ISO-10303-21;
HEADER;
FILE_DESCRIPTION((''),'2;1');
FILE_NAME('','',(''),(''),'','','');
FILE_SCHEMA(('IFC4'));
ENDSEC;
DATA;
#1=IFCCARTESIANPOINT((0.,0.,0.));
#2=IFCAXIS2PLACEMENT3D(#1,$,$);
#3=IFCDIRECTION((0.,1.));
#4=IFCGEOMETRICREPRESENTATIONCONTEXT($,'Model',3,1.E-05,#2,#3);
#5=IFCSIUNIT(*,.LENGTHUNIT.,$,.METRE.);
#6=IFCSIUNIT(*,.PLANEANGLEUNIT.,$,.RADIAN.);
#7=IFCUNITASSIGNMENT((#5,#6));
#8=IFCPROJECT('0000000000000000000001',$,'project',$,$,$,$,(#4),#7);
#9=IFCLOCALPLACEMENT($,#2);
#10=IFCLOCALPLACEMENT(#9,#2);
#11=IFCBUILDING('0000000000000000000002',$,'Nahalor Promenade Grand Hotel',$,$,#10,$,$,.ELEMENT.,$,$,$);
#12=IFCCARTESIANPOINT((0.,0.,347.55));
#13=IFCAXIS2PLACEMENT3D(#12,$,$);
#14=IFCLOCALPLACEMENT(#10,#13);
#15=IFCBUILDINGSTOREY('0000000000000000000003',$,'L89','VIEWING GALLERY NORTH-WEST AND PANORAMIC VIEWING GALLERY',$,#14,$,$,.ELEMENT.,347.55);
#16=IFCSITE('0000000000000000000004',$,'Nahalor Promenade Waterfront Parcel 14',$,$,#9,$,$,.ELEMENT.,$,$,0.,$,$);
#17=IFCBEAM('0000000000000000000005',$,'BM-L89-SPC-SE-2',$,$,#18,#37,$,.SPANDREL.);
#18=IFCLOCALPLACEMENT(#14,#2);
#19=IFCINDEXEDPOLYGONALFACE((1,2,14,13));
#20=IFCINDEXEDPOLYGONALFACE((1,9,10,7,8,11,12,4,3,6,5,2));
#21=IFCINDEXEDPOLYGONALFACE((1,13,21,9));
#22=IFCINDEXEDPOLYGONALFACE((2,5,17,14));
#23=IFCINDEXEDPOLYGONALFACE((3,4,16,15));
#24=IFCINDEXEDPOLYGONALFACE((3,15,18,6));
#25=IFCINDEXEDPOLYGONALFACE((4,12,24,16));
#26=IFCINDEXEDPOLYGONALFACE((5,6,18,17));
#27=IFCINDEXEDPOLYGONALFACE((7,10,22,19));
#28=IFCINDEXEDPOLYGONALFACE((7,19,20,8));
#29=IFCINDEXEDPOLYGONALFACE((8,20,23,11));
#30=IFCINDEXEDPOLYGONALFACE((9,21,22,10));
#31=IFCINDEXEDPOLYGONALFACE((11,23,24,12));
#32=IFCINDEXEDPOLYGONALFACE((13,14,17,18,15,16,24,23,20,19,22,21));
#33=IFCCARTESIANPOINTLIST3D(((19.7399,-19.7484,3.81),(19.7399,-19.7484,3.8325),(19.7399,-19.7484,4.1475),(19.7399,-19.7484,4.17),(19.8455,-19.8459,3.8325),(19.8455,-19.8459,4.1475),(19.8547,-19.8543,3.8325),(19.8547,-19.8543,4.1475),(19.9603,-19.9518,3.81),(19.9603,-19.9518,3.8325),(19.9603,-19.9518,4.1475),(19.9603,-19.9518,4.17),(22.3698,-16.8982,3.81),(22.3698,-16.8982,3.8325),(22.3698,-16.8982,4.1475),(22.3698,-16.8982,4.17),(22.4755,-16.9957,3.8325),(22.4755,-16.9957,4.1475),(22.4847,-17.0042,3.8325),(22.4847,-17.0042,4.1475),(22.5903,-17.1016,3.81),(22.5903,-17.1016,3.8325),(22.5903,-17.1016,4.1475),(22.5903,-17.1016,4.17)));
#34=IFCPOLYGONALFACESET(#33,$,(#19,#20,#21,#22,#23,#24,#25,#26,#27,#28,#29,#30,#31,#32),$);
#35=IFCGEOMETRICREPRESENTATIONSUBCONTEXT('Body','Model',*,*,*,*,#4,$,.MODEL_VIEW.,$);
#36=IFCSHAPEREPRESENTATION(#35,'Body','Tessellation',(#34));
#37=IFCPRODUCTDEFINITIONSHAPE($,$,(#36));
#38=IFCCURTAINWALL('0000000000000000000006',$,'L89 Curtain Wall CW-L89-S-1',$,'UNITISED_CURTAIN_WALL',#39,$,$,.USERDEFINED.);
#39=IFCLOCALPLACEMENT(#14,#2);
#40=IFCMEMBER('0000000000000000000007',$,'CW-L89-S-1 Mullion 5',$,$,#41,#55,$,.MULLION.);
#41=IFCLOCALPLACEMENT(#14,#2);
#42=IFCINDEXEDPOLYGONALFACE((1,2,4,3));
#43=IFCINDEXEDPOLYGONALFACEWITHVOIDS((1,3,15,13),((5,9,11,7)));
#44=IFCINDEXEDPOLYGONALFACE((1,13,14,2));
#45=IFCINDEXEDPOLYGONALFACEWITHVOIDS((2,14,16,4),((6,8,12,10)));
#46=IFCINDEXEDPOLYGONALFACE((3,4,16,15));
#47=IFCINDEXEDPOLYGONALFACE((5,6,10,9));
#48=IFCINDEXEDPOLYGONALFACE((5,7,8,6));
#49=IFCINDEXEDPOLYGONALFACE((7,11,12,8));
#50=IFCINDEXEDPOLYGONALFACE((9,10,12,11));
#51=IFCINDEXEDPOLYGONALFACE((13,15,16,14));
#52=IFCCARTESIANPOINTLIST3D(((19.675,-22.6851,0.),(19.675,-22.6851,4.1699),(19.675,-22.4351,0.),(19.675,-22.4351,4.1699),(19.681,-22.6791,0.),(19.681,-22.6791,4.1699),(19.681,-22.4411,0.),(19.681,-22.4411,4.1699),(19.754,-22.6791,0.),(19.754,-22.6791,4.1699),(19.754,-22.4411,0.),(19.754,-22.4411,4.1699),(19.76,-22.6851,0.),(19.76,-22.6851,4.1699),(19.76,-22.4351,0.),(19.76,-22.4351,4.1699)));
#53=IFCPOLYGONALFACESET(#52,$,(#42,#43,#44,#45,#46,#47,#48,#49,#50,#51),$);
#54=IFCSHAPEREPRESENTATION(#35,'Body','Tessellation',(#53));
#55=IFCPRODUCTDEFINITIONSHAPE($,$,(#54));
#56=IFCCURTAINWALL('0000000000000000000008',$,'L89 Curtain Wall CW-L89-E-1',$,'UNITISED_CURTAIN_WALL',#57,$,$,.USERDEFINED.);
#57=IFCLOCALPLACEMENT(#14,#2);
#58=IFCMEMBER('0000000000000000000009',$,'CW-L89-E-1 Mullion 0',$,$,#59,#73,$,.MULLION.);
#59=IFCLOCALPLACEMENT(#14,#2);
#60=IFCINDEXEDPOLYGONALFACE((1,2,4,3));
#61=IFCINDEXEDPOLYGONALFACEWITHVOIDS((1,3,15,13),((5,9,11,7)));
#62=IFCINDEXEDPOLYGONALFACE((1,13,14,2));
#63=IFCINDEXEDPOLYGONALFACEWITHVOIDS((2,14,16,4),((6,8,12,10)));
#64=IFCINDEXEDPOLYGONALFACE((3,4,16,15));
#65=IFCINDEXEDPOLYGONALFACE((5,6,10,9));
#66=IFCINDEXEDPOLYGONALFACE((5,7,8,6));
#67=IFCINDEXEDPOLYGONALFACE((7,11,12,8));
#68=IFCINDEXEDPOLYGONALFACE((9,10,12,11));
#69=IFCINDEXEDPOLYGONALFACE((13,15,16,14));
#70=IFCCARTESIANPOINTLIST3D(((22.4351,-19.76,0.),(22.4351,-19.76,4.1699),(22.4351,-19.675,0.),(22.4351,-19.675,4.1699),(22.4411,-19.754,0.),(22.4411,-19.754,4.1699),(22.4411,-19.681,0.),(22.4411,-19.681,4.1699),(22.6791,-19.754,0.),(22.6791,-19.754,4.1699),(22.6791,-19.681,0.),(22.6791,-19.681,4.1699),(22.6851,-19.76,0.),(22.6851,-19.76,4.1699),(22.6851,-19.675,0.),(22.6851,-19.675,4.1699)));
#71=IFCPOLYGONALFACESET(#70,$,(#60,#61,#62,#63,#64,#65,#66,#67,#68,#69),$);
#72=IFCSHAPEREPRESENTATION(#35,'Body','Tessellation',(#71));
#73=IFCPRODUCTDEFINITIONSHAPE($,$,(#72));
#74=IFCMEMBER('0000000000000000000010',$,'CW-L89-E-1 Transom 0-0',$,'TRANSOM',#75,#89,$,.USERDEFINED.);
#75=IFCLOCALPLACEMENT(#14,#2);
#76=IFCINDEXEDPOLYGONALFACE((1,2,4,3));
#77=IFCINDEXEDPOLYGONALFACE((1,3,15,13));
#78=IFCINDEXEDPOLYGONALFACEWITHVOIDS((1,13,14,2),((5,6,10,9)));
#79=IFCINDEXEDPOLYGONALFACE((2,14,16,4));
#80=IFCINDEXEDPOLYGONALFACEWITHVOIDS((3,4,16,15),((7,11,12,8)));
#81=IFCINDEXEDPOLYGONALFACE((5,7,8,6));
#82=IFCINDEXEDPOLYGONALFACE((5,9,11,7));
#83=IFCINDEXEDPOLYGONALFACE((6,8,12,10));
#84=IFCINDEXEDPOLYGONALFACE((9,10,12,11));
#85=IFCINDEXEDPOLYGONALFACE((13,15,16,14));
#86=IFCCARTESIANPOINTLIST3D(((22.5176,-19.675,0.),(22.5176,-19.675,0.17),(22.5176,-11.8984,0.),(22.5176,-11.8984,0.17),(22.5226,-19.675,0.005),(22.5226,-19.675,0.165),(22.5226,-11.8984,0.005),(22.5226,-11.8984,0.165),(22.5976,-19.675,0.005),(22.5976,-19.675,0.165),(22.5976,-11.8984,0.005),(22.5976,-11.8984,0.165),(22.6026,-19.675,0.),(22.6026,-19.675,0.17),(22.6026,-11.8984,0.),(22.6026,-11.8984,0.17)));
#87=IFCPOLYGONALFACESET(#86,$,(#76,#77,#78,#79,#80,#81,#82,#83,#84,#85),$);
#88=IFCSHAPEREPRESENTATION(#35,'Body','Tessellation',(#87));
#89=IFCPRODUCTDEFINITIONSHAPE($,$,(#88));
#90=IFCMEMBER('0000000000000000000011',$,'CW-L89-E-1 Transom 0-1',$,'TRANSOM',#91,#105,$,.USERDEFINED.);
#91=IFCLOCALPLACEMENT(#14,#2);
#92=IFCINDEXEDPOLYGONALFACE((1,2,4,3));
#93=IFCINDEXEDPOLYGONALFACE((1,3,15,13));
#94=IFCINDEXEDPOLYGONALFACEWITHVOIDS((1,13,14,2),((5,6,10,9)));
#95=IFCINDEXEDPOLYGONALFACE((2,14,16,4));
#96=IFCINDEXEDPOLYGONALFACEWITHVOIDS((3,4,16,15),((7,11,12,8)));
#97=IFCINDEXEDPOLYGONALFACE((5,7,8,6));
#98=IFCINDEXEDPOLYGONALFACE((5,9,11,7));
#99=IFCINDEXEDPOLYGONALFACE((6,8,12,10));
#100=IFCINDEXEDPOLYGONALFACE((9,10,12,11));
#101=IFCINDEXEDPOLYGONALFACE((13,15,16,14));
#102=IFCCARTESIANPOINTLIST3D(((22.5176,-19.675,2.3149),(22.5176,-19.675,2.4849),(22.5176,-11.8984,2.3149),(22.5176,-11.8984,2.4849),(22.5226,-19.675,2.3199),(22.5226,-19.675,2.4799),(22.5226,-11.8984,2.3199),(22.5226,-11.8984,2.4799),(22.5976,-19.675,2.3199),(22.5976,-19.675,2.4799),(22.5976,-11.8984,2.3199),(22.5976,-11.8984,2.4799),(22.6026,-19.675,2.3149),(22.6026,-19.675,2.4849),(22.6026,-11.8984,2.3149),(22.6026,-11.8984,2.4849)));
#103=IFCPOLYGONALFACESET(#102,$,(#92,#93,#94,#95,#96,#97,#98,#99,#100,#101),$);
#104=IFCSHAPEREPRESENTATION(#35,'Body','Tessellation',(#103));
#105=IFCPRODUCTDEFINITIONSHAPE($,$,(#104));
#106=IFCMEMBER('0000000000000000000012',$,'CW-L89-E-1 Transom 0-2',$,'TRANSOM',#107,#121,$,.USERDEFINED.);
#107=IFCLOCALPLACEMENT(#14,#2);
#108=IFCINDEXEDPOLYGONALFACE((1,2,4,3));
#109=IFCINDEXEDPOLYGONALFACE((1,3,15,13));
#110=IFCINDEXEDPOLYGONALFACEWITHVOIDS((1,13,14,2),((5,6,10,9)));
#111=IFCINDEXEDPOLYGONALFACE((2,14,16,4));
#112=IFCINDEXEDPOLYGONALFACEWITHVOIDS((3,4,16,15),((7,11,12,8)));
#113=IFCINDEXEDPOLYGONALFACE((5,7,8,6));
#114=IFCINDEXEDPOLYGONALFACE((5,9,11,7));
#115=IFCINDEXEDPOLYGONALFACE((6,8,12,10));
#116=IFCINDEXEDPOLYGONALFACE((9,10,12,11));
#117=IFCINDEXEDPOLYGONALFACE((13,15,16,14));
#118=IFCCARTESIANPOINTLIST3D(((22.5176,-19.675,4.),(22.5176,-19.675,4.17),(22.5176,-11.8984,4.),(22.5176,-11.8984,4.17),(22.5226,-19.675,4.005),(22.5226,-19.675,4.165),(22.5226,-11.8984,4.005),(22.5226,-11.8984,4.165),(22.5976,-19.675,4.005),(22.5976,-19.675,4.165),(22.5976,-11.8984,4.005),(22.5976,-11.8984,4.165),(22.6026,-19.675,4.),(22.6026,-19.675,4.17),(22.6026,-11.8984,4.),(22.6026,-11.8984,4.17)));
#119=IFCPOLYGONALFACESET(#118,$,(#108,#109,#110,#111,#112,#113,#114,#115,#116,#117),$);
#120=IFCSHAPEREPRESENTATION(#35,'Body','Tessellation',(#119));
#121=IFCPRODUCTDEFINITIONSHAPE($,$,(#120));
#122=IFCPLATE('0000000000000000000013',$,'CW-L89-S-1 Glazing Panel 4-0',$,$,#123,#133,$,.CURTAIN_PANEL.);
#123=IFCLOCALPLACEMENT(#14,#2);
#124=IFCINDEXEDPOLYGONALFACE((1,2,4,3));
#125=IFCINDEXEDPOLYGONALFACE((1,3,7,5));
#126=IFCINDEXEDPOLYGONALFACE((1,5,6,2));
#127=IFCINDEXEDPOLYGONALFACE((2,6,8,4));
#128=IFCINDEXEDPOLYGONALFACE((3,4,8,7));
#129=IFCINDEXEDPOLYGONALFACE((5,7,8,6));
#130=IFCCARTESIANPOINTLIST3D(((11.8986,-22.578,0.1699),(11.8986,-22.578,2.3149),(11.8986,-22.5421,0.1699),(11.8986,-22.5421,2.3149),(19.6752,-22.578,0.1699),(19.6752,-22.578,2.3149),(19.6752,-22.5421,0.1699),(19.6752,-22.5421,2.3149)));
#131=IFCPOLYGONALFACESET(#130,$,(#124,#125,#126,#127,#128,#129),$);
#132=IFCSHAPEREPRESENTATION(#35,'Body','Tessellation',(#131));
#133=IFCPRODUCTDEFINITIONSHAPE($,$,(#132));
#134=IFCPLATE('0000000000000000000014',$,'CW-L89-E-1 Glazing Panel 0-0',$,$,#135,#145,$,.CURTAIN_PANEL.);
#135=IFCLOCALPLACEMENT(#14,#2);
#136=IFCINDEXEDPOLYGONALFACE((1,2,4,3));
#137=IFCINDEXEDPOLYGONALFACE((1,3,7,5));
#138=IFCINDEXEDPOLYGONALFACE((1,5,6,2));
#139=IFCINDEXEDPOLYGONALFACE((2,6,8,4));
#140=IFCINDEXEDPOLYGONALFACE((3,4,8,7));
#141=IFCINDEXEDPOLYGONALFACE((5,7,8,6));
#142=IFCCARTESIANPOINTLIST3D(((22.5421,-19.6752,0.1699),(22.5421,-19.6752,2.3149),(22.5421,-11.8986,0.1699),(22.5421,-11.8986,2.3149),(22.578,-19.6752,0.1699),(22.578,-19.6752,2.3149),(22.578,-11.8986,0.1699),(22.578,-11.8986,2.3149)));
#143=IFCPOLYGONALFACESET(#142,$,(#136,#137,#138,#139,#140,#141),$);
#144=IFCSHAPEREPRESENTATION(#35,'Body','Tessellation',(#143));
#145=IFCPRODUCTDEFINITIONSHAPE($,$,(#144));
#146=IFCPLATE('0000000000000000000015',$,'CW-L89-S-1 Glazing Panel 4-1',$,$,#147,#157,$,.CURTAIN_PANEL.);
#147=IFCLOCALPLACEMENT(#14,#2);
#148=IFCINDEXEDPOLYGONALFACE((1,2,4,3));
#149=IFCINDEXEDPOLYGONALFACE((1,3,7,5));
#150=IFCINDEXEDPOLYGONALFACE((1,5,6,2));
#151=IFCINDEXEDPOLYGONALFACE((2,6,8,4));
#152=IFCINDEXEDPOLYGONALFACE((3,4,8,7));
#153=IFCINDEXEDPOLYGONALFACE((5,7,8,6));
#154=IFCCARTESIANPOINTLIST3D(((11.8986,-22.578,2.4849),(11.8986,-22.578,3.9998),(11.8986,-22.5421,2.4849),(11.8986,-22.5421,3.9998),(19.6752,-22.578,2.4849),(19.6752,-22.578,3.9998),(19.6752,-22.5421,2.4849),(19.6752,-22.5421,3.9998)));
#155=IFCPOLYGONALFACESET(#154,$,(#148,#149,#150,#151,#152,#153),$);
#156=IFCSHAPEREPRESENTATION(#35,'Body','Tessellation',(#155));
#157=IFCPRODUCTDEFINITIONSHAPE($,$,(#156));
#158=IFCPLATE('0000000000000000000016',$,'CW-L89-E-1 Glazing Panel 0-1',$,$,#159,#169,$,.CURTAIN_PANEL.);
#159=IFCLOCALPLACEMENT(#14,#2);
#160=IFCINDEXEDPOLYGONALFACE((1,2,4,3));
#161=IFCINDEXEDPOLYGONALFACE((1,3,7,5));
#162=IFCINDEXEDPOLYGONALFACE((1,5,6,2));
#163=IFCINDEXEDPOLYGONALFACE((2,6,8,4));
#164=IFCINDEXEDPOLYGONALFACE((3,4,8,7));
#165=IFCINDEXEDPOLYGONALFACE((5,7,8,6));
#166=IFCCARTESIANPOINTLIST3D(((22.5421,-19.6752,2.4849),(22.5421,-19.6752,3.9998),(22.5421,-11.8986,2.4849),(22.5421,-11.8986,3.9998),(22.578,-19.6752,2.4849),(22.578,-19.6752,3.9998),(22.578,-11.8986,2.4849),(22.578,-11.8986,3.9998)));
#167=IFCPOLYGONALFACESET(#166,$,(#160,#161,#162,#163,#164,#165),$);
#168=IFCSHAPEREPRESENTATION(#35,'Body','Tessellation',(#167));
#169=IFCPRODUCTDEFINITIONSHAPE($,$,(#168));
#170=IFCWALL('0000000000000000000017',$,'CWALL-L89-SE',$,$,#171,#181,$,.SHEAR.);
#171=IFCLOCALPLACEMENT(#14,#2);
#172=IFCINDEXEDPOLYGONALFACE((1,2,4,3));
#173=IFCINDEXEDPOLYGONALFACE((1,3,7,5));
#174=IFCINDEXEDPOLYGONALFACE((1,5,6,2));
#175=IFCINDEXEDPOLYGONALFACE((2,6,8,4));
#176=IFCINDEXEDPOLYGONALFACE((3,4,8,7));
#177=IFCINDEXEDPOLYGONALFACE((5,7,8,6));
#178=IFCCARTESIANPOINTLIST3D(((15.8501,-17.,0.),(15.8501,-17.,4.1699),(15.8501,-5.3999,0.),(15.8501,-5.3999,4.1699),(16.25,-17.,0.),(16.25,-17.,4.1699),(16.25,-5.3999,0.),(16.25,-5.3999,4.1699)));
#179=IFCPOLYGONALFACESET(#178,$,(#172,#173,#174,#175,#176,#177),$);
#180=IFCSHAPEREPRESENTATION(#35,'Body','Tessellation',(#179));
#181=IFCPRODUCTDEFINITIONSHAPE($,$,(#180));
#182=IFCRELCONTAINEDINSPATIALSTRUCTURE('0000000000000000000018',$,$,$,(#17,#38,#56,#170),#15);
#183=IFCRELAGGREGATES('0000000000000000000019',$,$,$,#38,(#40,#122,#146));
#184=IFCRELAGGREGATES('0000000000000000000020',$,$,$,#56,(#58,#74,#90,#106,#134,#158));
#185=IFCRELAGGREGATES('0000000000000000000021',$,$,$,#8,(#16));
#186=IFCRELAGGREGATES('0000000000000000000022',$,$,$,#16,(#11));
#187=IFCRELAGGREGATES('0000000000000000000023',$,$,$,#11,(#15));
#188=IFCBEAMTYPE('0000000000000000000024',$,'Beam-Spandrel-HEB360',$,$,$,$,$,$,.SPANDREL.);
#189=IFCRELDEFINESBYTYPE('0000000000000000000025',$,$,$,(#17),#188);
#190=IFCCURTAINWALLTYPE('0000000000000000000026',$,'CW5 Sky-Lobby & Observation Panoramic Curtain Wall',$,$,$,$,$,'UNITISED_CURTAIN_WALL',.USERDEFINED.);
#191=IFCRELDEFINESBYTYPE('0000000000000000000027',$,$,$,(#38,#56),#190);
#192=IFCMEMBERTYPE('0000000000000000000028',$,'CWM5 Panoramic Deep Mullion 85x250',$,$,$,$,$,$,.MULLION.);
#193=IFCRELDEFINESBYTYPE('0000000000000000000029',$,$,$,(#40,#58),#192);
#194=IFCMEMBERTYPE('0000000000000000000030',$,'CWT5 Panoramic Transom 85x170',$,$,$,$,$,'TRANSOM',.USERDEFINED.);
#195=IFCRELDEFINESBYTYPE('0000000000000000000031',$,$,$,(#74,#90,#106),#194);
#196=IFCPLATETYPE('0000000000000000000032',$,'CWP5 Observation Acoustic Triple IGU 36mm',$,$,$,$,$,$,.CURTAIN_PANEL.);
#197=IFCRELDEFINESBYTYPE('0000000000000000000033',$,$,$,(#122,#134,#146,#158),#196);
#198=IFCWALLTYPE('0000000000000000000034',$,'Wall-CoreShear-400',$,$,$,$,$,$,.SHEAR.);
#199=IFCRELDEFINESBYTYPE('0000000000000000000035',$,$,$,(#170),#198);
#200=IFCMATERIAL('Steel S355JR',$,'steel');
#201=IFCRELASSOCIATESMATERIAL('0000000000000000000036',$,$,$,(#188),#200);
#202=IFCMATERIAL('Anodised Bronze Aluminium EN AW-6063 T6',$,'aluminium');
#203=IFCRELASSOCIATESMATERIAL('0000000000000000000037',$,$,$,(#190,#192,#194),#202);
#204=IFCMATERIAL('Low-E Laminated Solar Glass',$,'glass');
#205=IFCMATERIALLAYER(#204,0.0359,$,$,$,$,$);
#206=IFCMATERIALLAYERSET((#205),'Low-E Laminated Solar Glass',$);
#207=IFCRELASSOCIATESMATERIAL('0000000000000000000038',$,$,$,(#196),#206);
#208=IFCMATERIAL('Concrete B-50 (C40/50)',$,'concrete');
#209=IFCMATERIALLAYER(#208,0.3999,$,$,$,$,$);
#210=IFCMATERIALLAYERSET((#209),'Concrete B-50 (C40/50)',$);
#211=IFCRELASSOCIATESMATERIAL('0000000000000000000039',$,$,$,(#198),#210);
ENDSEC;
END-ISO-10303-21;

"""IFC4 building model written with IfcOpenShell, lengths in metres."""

from ifc_helpers import new_model, si_unit, direction, frame, frame_2d, origin, origin_2d, place, context, subcontext, project, spatial, rectangle, hollow_rectangle, i_section, extrude, source, transform, mapped, material, layer, layer_set, material_profile, profile_set, type_object, element, aggregate, save


model = new_model("IFC4")

# Units and contexts
model_context = context("Model", 3, precision=1e-05, world=origin(), true_north=direction((0.0, 1.0)))
body_context = subcontext(model_context, "Body", "Model", "MODEL_VIEW")
ifc_project = project(units=[si_unit("LENGTHUNIT", "METRE"), si_unit("PLANEANGLEUNIT", "RADIAN")], contexts=[model_context])

# Site, building, storey
site_placement = place(None, origin())
site = spatial("IfcSite", under=ifc_project, at=site_placement, Name="Nahalor Promenade Waterfront Parcel 14", CompositionType="ELEMENT", RefElevation=0.0)
building_placement = place(site_placement, origin())
building = spatial("IfcBuilding", under=site, at=building_placement, Name="Nahalor Promenade Grand Hotel", CompositionType="ELEMENT")
storey_placement = place(building_placement, frame((0.0, 0.0, 347.55)))
storey = spatial("IfcBuildingStorey", under=building, at=storey_placement, Name="L89", Description="VIEWING GALLERY NORTH-WEST AND PANORAMIC VIEWING GALLERY", CompositionType="ELEMENT", Elevation=347.55)

# Shared definitions
ifc_material_1 = material(Name="Concrete B-50 (C40/50)", Category="concrete")
ifc_material_2 = material(Name="Steel S355JR", Category="steel")

# Beam
ifc_material_profile_1 = material_profile(ifc_material_2, i_section(OverallWidth=0.3, OverallDepth=0.36, WebThickness=0.0125, FlangeThickness=0.0225, at=origin_2d()), Name="HEB 360")
ifc_profile_set_1 = profile_set([ifc_material_profile_1], Name="Steel S355JR")
beam_type_1 = type_object("IfcBeamType", Name="Beam-Spandrel-HEB360", PredefinedType="SPANDREL", material=ifc_profile_set_1)
shared_shape_1 = source(origin(), body_context, "Body", "SweptSolid", [
    extrude(i_section(OverallWidth=0.3, OverallDepth=0.36, WebThickness=0.0125, FlangeThickness=0.0225, at=origin_2d()), origin(), (0.0, 0.0, 1.0), 3.8782),
])
for number, where, z_axis, x_axis, name in (
    (1, (19.8501, -19.8501, 3.99), (0.678144, 0.734929, 0.0), (-0.734929, 0.678144, 0.0), "BM-L89-SPC-SE-2"),
):
    element("IfcBeam", number, at=place(storey_placement, frame(where, z_axis=z_axis, x_axis=x_axis)), inside=storey, type_object=beam_type_1, Name=name, PredefinedType="SPANDREL", context=body_context, shape_type="MappedRepresentation", body=[
        mapped(shared_shape_1, transform((0.0, 0.0, 0.0), scale=1.0)),
    ])

# Curtain wall, member
ifc_material_3 = material(Name="Anodised Bronze Aluminium EN AW-6063 T6", Category="aluminium")
curtain_wall_type = type_object("IfcCurtainWallType", Name="CW5 Sky-Lobby & Observation Panoramic Curtain Wall", ElementType="UNITISED_CURTAIN_WALL", PredefinedType="USERDEFINED", material=ifc_material_3)
curtain_wall_1_placement = place(storey_placement, origin())
curtain_wall_1 = element("IfcCurtainWall", 2, at=curtain_wall_1_placement, inside=storey, type_object=curtain_wall_type, Name="L89 Curtain Wall CW-L89-S-1", ObjectType="UNITISED_CURTAIN_WALL", PredefinedType="USERDEFINED")
ifc_material_profile_2 = material_profile(ifc_material_3, hollow_rectangle(XDim=0.085, YDim=0.25, WallThickness=0.006, at=origin_2d()), Name="CWM 85x250x6")
ifc_profile_set_2 = profile_set([ifc_material_profile_2], Name="Anodised Bronze Aluminium EN AW-6063 T6")
member_type_1 = type_object("IfcMemberType", Name="CWM5 Panoramic Deep Mullion 85x250", PredefinedType="MULLION", material=ifc_profile_set_2)
shared_shape_2 = source(origin(), body_context, "Body", "SweptSolid", [
    extrude(hollow_rectangle(XDim=0.085, YDim=0.25, WallThickness=0.006, at=origin_2d()), origin(), (0.0, 0.0, 1.0), 4.1699),
])
member_1_placement = place(storey_placement, frame((19.7175, -22.5601, 0.0), z_axis=(0.0, 0.0, 1.0), x_axis=(1.0, 0.0, 0.0)))
member_1 = element("IfcMember", 3, at=member_1_placement, type_object=member_type_1, Name="CW-L89-S-1 Mullion 5", PredefinedType="MULLION", context=body_context, shape_type="MappedRepresentation", body=[
    mapped(shared_shape_2, transform((0.0, 0.0, 0.0), scale=1.0)),
])

# Curtain wall, members
curtain_wall_2_placement = place(storey_placement, origin())
curtain_wall_2 = element("IfcCurtainWall", 4, at=curtain_wall_2_placement, inside=storey, type_object=curtain_wall_type, Name="L89 Curtain Wall CW-L89-E-1", ObjectType="UNITISED_CURTAIN_WALL", PredefinedType="USERDEFINED")
member_2_placement = place(storey_placement, frame((22.5601, -19.7175, 0.0), z_axis=(0.0, 0.0, 1.0), x_axis=(0.0, 1.0, 0.0)))
member_2 = element("IfcMember", 5, at=member_2_placement, type_object=member_type_1, Name="CW-L89-E-1 Mullion 0", PredefinedType="MULLION", context=body_context, shape_type="MappedRepresentation", body=[
    mapped(shared_shape_2, transform((0.0, 0.0, 0.0), scale=1.0)),
])
ifc_material_profile_3 = material_profile(ifc_material_3, hollow_rectangle(XDim=0.085, YDim=0.17, WallThickness=0.005, at=origin_2d()), Name="CWT 85x170x5")
ifc_profile_set_3 = profile_set([ifc_material_profile_3], Name="Anodised Bronze Aluminium EN AW-6063 T6")
member_type_2 = type_object("IfcMemberType", Name="CWT5 Panoramic Transom 85x170", ElementType="TRANSOM", PredefinedType="USERDEFINED", material=ifc_profile_set_3)
shared_shape_3 = source(origin(), body_context, "Body", "SweptSolid", [
    extrude(hollow_rectangle(XDim=0.085, YDim=0.17, WallThickness=0.005, at=origin_2d()), origin(), (0.0, 0.0, 1.0), 7.7766),
])
member_3_placement = place(storey_placement, frame((22.5601, -19.675, 0.085), z_axis=(0.0, 1.0, 0.0), x_axis=(-1.0, 0.0, 0.0)))
member_3 = element("IfcMember", 6, at=member_3_placement, type_object=member_type_2, Name="CW-L89-E-1 Transom 0-0", ObjectType="TRANSOM", PredefinedType="USERDEFINED", context=body_context, shape_type="MappedRepresentation", body=[
    mapped(shared_shape_3, transform((0.0, 0.0, 0.0), scale=1.0)),
])
member_4_placement = place(storey_placement, frame((22.5601, -19.675, 2.3999), z_axis=(0.0, 1.0, 0.0), x_axis=(-1.0, 0.0, 0.0)))
member_4 = element("IfcMember", 7, at=member_4_placement, type_object=member_type_2, Name="CW-L89-E-1 Transom 0-1", ObjectType="TRANSOM", PredefinedType="USERDEFINED", context=body_context, shape_type="MappedRepresentation", body=[
    mapped(shared_shape_3, transform((0.0, 0.0, 0.0), scale=1.0)),
])
member_5_placement = place(storey_placement, frame((22.5601, -19.675, 4.085), z_axis=(0.0, 1.0, 0.0), x_axis=(-1.0, 0.0, 0.0)))
member_5 = element("IfcMember", 8, at=member_5_placement, type_object=member_type_2, Name="CW-L89-E-1 Transom 0-2", ObjectType="TRANSOM", PredefinedType="USERDEFINED", context=body_context, shape_type="MappedRepresentation", body=[
    mapped(shared_shape_3, transform((0.0, 0.0, 0.0), scale=1.0)),
])

# Plates
ifc_material_4 = material(Name="Low-E Laminated Solar Glass", Category="glass")
ifc_layer_1 = layer(ifc_material_4, 0.0359)
ifc_layer_set_1 = layer_set([ifc_layer_1], Name="Low-E Laminated Solar Glass")
plate_type = type_object("IfcPlateType", Name="CWP5 Observation Acoustic Triple IGU 36mm", PredefinedType="CURTAIN_PANEL", material=ifc_layer_set_1)
shared_shape_4 = source(origin(), body_context, "Body", "SweptSolid", [
    extrude(rectangle(XDim=7.7766, YDim=0.0359, at=origin_2d()), origin(), (0.0, 0.0, 1.0), 2.145),
])
plate_1_placement = place(storey_placement, frame((15.7869, -22.5601, 0.1699), z_axis=(0.0, 0.0, 1.0), x_axis=(1.0, 0.0, 0.0)))
plate_1 = element("IfcPlate", 9, at=plate_1_placement, type_object=plate_type, Name="CW-L89-S-1 Glazing Panel 4-0", PredefinedType="CURTAIN_PANEL", context=body_context, shape_type="MappedRepresentation", body=[
    mapped(shared_shape_4, transform((0.0, 0.0, 0.0), scale=1.0)),
])
plate_2_placement = place(storey_placement, frame((22.5601, -15.7869, 0.1699), z_axis=(0.0, 0.0, 1.0), x_axis=(0.0, 1.0, 0.0)))
plate_2 = element("IfcPlate", 10, at=plate_2_placement, type_object=plate_type, Name="CW-L89-E-1 Glazing Panel 0-0", PredefinedType="CURTAIN_PANEL", context=body_context, shape_type="MappedRepresentation", body=[
    mapped(shared_shape_4, transform((0.0, 0.0, 0.0), scale=1.0)),
])
shared_shape_5 = source(origin(), body_context, "Body", "SweptSolid", [
    extrude(rectangle(XDim=7.7766, YDim=0.0359, at=origin_2d()), origin(), (0.0, 0.0, 1.0), 1.5149),
])
plate_3_placement = place(storey_placement, frame((15.7869, -22.5601, 2.4849), z_axis=(0.0, 0.0, 1.0), x_axis=(1.0, 0.0, 0.0)))
plate_3 = element("IfcPlate", 11, at=plate_3_placement, type_object=plate_type, Name="CW-L89-S-1 Glazing Panel 4-1", PredefinedType="CURTAIN_PANEL", context=body_context, shape_type="MappedRepresentation", body=[
    mapped(shared_shape_5, transform((0.0, 0.0, 0.0), scale=1.0)),
])
aggregate(curtain_wall_1, [member_1, plate_1, plate_3])
plate_4_placement = place(storey_placement, frame((22.5601, -15.7869, 2.4849), z_axis=(0.0, 0.0, 1.0), x_axis=(0.0, 1.0, 0.0)))
plate_4 = element("IfcPlate", 12, at=plate_4_placement, type_object=plate_type, Name="CW-L89-E-1 Glazing Panel 0-1", PredefinedType="CURTAIN_PANEL", context=body_context, shape_type="MappedRepresentation", body=[
    mapped(shared_shape_5, transform((0.0, 0.0, 0.0), scale=1.0)),
])
aggregate(curtain_wall_2, [member_2, member_3, member_4, member_5, plate_2, plate_4])

# Wall
ifc_layer_2 = layer(ifc_material_1, 0.3999)
ifc_layer_set_2 = layer_set([ifc_layer_2], Name="Concrete B-50 (C40/50)")
wall_type_1 = type_object("IfcWallType", Name="Wall-CoreShear-400", PredefinedType="SHEAR", material=ifc_layer_set_2)
shared_shape_6 = source(origin(), body_context, "Body", "SweptSolid", [
    extrude(rectangle(XDim=11.6001, YDim=0.3999, at=frame_2d((5.8, 0.0))), origin(), (0.0, 0.0, 1.0), 4.1699),
])
wall_1_placement = place(storey_placement, frame((16.05, -17.0, 0.0), z_axis=(0.0, 0.0, 1.0), x_axis=(0.0, 1.0, 0.0)))
element("IfcWall", 13, at=wall_1_placement, inside=storey, type_object=wall_type_1, Name="CWALL-L89-SE", PredefinedType="SHEAR", context=body_context, shape_type="MappedRepresentation", body=[
    mapped(shared_shape_6, transform((0.0, 0.0, 0.0), scale=1.0)),
])

save(model, "model.ifc")
